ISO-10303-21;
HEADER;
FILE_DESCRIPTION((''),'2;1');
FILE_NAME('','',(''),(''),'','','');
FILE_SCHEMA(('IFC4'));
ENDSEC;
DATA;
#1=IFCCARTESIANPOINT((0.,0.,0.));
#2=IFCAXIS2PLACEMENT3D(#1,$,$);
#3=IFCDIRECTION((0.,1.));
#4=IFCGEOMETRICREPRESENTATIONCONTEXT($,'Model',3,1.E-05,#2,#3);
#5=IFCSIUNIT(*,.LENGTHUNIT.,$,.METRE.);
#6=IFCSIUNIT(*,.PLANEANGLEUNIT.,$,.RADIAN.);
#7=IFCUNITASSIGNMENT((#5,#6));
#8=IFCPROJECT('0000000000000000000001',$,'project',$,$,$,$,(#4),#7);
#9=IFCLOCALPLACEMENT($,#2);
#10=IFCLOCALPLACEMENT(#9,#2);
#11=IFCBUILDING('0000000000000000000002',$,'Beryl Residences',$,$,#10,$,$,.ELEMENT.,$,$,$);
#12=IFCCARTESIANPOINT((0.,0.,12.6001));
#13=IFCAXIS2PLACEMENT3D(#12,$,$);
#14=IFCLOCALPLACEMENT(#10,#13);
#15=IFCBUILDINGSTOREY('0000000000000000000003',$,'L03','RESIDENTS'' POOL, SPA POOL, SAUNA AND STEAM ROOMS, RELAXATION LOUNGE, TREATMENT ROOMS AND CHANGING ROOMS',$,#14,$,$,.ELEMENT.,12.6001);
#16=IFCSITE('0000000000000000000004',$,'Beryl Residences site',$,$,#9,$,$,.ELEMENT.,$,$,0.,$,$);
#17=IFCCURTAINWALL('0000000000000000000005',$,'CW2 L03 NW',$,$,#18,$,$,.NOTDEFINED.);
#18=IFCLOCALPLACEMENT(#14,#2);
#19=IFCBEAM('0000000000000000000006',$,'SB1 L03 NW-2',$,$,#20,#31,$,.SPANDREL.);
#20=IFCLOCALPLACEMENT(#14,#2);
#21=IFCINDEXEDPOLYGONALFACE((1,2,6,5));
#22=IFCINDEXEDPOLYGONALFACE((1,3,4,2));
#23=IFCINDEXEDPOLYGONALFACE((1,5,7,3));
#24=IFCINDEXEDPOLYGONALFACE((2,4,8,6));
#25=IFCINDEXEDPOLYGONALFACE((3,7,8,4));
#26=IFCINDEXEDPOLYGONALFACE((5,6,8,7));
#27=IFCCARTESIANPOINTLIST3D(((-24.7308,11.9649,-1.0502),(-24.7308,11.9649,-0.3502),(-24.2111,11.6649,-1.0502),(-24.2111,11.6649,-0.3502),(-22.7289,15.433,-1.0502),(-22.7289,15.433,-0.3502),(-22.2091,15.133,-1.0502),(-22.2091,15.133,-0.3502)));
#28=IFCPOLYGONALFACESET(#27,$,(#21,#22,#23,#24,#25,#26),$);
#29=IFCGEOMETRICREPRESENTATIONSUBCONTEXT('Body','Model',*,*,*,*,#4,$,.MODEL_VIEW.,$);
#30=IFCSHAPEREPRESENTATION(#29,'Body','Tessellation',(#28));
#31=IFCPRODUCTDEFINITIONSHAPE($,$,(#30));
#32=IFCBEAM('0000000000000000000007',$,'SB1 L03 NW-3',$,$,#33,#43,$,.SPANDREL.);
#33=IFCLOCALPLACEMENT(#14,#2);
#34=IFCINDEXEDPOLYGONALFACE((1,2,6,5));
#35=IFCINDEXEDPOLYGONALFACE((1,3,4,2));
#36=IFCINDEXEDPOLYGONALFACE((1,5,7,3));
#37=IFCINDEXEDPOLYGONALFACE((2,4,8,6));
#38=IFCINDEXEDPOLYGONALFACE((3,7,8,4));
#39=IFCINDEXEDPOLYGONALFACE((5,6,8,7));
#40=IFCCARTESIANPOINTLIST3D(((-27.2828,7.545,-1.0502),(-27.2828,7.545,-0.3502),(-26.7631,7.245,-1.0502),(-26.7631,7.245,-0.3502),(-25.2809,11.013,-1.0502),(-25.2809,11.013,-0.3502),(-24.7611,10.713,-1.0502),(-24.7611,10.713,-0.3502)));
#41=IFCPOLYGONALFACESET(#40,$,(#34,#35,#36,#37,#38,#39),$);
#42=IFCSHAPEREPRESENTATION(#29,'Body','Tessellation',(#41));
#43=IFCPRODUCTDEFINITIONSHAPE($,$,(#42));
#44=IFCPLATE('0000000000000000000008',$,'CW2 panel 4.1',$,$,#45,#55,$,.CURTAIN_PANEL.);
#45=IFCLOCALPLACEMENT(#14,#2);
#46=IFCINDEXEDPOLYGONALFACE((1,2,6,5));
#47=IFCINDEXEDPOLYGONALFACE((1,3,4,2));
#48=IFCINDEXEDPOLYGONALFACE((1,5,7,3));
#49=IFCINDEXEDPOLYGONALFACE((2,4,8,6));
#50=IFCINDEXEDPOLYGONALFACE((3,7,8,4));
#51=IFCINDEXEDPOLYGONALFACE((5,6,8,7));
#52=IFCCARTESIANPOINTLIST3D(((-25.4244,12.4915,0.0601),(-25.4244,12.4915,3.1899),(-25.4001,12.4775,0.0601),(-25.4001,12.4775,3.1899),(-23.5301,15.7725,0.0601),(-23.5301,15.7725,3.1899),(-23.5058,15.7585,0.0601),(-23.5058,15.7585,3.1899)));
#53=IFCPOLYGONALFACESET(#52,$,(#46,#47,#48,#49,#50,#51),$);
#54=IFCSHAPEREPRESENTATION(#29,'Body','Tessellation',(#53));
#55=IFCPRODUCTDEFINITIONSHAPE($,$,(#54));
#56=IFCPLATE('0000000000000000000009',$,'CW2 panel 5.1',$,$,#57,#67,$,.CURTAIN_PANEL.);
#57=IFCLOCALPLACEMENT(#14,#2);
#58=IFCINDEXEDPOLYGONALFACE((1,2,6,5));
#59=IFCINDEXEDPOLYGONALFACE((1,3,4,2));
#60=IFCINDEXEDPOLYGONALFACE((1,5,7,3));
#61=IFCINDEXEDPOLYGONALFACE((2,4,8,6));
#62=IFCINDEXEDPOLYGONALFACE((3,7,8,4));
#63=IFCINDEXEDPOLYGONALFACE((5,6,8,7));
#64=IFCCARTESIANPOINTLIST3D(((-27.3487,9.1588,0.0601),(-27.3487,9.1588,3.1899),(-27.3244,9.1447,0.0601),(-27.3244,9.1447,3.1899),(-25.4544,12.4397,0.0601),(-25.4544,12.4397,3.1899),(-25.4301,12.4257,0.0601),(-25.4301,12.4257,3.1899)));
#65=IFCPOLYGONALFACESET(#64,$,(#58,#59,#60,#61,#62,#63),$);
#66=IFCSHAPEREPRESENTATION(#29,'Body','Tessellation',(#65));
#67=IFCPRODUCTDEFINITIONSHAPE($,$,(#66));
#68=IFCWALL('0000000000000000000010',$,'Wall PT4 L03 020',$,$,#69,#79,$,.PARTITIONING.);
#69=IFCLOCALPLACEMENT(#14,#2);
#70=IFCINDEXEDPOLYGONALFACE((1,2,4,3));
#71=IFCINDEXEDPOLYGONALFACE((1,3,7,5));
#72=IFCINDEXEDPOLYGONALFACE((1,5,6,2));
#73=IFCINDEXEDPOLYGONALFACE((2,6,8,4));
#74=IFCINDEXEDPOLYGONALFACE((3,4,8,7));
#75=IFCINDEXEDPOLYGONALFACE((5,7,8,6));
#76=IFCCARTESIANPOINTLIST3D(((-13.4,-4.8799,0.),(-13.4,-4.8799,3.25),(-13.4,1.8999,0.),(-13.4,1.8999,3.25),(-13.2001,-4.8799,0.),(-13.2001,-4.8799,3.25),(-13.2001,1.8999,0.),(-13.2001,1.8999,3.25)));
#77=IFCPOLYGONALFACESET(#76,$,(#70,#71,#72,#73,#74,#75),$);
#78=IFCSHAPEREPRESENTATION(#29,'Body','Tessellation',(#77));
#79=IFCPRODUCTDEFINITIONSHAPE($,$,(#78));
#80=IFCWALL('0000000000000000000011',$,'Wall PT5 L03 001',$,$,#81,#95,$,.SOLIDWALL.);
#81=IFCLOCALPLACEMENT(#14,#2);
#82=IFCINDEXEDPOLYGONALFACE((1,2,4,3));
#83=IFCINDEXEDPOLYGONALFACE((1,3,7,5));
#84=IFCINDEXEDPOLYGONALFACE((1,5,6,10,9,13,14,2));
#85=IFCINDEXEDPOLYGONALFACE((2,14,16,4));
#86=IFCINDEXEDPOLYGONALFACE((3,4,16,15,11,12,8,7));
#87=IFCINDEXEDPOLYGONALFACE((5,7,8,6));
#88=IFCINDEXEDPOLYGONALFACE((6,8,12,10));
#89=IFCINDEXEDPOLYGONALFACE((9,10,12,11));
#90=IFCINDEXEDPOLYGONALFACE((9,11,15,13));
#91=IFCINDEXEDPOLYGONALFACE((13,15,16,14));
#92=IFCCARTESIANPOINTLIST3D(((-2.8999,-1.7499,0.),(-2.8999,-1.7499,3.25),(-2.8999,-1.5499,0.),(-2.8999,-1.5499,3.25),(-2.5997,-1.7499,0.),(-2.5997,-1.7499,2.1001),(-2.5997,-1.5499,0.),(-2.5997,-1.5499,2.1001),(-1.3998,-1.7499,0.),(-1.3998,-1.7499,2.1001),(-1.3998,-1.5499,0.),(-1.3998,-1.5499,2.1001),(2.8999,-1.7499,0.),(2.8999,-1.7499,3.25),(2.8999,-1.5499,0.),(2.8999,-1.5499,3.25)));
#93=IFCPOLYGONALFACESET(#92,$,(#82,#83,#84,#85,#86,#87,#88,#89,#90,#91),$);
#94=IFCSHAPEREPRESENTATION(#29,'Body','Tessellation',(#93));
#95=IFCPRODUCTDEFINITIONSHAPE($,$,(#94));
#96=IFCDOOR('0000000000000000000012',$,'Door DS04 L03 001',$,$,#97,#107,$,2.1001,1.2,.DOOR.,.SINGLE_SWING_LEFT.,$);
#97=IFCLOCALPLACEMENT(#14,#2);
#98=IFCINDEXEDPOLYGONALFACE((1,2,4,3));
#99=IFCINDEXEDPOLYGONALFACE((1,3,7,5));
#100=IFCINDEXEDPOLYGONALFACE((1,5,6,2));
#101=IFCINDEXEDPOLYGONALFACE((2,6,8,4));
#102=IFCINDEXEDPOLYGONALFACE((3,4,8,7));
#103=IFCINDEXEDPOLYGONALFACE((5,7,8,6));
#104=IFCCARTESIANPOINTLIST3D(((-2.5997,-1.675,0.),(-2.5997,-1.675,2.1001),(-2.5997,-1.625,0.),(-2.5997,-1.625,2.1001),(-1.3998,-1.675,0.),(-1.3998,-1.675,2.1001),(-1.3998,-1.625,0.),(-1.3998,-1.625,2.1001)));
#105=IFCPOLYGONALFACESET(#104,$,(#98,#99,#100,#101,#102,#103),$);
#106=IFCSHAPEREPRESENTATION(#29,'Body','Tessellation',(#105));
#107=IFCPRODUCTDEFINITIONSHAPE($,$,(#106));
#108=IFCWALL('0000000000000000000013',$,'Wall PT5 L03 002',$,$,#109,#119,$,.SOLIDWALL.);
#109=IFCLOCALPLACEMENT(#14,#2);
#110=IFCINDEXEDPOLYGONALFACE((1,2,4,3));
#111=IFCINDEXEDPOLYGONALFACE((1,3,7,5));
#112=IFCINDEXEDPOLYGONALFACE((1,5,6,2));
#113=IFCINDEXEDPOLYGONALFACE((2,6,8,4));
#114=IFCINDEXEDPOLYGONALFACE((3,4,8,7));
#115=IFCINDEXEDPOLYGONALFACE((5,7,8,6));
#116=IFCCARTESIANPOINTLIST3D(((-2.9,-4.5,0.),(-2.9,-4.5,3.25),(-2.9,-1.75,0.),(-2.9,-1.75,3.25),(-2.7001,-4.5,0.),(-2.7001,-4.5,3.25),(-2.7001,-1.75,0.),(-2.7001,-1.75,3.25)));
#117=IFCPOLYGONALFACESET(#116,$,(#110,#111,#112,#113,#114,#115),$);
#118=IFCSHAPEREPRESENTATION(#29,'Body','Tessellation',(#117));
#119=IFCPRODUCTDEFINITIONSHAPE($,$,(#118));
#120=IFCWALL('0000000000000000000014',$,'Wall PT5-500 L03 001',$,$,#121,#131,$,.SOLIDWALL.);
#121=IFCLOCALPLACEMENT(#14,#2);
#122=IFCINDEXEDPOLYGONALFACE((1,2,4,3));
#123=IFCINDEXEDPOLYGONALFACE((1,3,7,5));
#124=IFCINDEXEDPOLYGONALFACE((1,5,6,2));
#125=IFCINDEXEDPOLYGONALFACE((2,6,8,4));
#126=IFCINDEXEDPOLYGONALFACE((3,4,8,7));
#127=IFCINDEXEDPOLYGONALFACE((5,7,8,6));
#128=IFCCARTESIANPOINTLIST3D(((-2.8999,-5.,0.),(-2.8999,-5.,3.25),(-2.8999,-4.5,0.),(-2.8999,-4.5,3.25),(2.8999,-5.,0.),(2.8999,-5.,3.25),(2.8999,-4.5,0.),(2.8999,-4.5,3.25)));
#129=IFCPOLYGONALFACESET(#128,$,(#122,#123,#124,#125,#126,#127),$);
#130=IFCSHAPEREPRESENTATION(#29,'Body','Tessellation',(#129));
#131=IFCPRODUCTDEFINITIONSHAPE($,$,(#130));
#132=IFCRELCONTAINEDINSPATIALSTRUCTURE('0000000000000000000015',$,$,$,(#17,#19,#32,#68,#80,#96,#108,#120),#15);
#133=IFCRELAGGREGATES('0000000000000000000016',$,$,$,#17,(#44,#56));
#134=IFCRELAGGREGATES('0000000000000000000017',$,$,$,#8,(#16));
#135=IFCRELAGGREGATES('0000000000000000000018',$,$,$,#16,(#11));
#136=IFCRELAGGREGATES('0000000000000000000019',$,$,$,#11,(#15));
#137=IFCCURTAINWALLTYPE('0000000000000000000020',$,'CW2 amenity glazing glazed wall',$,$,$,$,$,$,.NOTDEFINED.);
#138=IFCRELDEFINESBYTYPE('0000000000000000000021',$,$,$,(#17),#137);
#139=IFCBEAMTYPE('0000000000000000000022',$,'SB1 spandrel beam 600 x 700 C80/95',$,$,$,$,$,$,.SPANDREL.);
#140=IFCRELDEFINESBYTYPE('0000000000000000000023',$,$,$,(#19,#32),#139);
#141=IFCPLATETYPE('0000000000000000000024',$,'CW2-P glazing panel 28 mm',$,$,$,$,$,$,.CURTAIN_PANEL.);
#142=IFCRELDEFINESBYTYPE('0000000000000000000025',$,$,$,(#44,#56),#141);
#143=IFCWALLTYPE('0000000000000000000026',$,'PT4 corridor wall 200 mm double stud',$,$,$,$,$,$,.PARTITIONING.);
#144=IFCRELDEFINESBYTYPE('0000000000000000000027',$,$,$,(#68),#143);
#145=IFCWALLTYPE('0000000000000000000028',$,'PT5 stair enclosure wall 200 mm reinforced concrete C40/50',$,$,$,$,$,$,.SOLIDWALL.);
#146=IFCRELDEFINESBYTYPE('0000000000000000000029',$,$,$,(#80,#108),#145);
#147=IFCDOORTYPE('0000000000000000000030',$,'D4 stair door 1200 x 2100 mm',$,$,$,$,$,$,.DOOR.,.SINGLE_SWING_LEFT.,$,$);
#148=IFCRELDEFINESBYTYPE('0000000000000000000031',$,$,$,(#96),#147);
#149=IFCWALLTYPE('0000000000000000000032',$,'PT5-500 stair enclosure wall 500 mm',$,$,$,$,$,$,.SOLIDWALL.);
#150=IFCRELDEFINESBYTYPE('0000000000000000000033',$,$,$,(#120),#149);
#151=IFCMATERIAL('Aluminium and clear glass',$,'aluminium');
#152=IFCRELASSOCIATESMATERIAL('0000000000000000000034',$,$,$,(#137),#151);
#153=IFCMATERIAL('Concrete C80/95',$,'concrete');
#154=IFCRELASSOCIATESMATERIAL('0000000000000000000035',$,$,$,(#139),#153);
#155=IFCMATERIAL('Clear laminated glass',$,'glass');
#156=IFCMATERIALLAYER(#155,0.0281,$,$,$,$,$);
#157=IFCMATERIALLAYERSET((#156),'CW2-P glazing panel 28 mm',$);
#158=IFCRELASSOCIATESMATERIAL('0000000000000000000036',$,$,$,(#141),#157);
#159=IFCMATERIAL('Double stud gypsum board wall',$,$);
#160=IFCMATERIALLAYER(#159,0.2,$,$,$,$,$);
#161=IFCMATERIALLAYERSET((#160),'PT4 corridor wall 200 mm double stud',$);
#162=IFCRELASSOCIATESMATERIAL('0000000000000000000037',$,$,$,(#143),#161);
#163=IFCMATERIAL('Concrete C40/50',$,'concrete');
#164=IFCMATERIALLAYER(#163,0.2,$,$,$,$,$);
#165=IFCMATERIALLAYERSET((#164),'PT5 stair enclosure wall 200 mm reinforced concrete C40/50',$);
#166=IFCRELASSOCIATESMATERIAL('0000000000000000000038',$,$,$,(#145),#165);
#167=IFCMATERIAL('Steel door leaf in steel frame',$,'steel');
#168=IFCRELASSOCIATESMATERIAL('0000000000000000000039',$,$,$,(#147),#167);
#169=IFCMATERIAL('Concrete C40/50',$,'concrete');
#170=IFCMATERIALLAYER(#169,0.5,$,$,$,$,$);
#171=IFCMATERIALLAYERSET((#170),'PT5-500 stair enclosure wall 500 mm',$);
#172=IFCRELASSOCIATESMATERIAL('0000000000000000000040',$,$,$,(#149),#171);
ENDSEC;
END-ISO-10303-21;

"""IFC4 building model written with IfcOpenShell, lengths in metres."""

from ifc_helpers import new_model, si_unit, direction, frame, frame_2d, origin, origin_2d, place, context, subcontext, project, spatial, rectangle, extrude, material, layer, layer_set, material_profile, profile_set, type_object, element, fill, aggregate, save


model = new_model("IFC4")

# Units and contexts
model_context = context("Model", 3, precision=1e-05, world=origin(), true_north=direction((0.0, 1.0)))
body_context = subcontext(model_context, "Body", "Model", "MODEL_VIEW")
ifc_project = project(units=[si_unit("LENGTHUNIT", "METRE"), si_unit("PLANEANGLEUNIT", "RADIAN")], contexts=[model_context])

# Site, building, storey
site_placement = place(None, origin())
site = spatial("IfcSite", under=ifc_project, at=site_placement, Name="Beryl Residences site", CompositionType="ELEMENT", RefElevation=0.0)
building_placement = place(site_placement, origin())
building = spatial("IfcBuilding", under=site, at=building_placement, Name="Beryl Residences", CompositionType="ELEMENT")
storey_placement = place(building_placement, frame((0.0, 0.0, 12.6001)))
storey = spatial("IfcBuildingStorey", under=building, at=storey_placement, Name="L03", Description="RESIDENTS' POOL, SPA POOL, SAUNA AND STEAM ROOMS, RELAXATION LOUNGE, TREATMENT ROOMS AND CHANGING ROOMS", CompositionType="ELEMENT", Elevation=12.6001)

# Curtain wall
ifc_material_1 = material(Name="Aluminium and clear glass", Category="aluminium")
curtain_wall_type = type_object("IfcCurtainWallType", Name="CW2 amenity glazing glazed wall", PredefinedType="NOTDEFINED", material=ifc_material_1)
curtain_wall_placement = place(storey_placement, origin())
curtain_wall = element("IfcCurtainWall", 1, at=curtain_wall_placement, inside=storey, type_object=curtain_wall_type, Name="CW2 L03 NW", PredefinedType="NOTDEFINED")

# Beams
ifc_material_2 = material(Name="Concrete C80/95", Category="concrete")
ifc_material_profile_1 = material_profile(ifc_material_2, rectangle(XDim=0.6001, YDim=0.7, at=origin_2d()))
ifc_profile_set_1 = profile_set([ifc_material_profile_1], Name="Concrete C80/95")
beam_type = type_object("IfcBeamType", Name="SB1 spandrel beam 600 x 700 C80/95", PredefinedType="SPANDREL", material=ifc_profile_set_1)
for number, where, z_axis, x_axis, name in (
    (2, (-22.469, 15.283, -0.7002), (-0.499942, -0.866059, 0.0), (0.866059, -0.499942, 0.0), "SB1 L03 NW-2"),
    (3, (-25.021, 10.863, -0.7002), (-0.499942, -0.866059, 0.0), (0.866059, -0.499942, 0.0), "SB1 L03 NW-3"),
):
    element("IfcBeam", number, at=place(storey_placement, frame(where, z_axis=z_axis, x_axis=x_axis)), inside=storey, type_object=beam_type, Name=name, PredefinedType="SPANDREL", context=body_context, shape_type="SweptSolid", body=[
        extrude(rectangle(XDim=0.6001, YDim=0.7, at=origin_2d()), origin(), (0.0, 0.0, 1.0), 4.0044),
    ])

# Plates
ifc_material_3 = material(Name="Clear laminated glass", Category="glass")
ifc_layer_1 = layer(ifc_material_3, 0.0281)
ifc_layer_set_1 = layer_set([ifc_layer_1], Name="CW2-P glazing panel 28 mm")
plate_type = type_object("IfcPlateType", Name="CW2-P glazing panel 28 mm", PredefinedType="CURTAIN_PANEL", material=ifc_layer_set_1)
plate_1_placement = place(storey_placement, frame((-24.4651, 14.125, 0.0601), z_axis=(0.0, 0.0, 1.0), x_axis=(-0.500012, -0.866019, 0.0)))
plate_1 = element("IfcPlate", 4, at=plate_1_placement, type_object=plate_type, Name="CW2 panel 4.1", PredefinedType="CURTAIN_PANEL", context=body_context, shape_type="SweptSolid", body=[
    extrude(rectangle(XDim=3.7886, YDim=0.0281, at=origin_2d()), origin(), (0.0, 0.0, 1.0), 3.1299),
])
plate_2_placement = place(storey_placement, frame((-26.3894, 10.7922, 0.0601), z_axis=(0.0, 0.0, 1.0), x_axis=(-0.500012, -0.866019, 0.0)))
plate_2 = element("IfcPlate", 5, at=plate_2_placement, type_object=plate_type, Name="CW2 panel 5.1", PredefinedType="CURTAIN_PANEL", context=body_context, shape_type="SweptSolid", body=[
    extrude(rectangle(XDim=3.7886, YDim=0.0281, at=origin_2d()), origin(), (0.0, 0.0, 1.0), 3.1299),
])
aggregate(curtain_wall, [plate_1, plate_2])

# Wall
ifc_material_4 = material(Name="Double stud gypsum board wall")
ifc_layer_2 = layer(ifc_material_4, 0.2)
ifc_layer_set_2 = layer_set([ifc_layer_2], Name="PT4 corridor wall 200 mm double stud")
wall_type_1 = type_object("IfcWallType", Name="PT4 corridor wall 200 mm double stud", PredefinedType="PARTITIONING", material=ifc_layer_set_2)
wall_1_placement = place(storey_placement, frame((-13.3, -4.8799, 0.0), z_axis=(0.0, 0.0, 1.0), x_axis=(0.0, 1.0, 0.0)))
element("IfcWall", 6, at=wall_1_placement, inside=storey, type_object=wall_type_1, Name="Wall PT4 L03 020", PredefinedType="PARTITIONING", context=body_context, shape_type="SweptSolid", body=[
    extrude(rectangle(XDim=6.7798, YDim=0.2, at=frame_2d((3.3899, 0.0))), origin(), (0.0, 0.0, 1.0), 3.25),
])

# Wall, opening, door
ifc_material_5 = material(Name="Concrete C40/50", Category="concrete")
ifc_layer_3 = layer(ifc_material_5, 0.2)
ifc_layer_set_3 = layer_set([ifc_layer_3], Name="PT5 stair enclosure wall 200 mm reinforced concrete C40/50")
wall_type_2 = type_object("IfcWallType", Name="PT5 stair enclosure wall 200 mm reinforced concrete C40/50", PredefinedType="SOLIDWALL", material=ifc_layer_set_3)
wall_2_placement = place(storey_placement, frame((-2.8999, -1.6499, 0.0), z_axis=(0.0, 0.0, 1.0), x_axis=(1.0, 0.0, 0.0)))
wall_2 = element("IfcWall", 7, at=wall_2_placement, inside=storey, type_object=wall_type_2, Name="Wall PT5 L03 001", PredefinedType="SOLIDWALL", context=body_context, shape_type="SweptSolid", body=[
    extrude(rectangle(XDim=5.7998, YDim=0.2, at=frame_2d((2.8999, 0.0))), origin(), (0.0, 0.0, 1.0), 3.25),
])
opening_1_placement = place(wall_2_placement, frame((0.3, 0.0, 0.0)))
opening_1 = element("IfcOpeningElement", 8, at=opening_1_placement, cuts=wall_2, PredefinedType="OPENING", context=body_context, shape_type="SweptSolid", body=[
    extrude(rectangle(XDim=1.2, YDim=2.1001, at=frame_2d((0.6001, 1.05))), frame((0.0, 0.1099, 0.0), z_axis=(0.0, -1.0, 0.0), x_axis=(1.0, 0.0, 0.0)), (0.0, 0.0, 1.0), 0.22),
])
ifc_material_6 = material(Name="Steel door leaf in steel frame", Category="steel")
door_type_1 = type_object("IfcDoorType", Name="D4 stair door 1200 x 2100 mm", OperationType="SINGLE_SWING_LEFT", PredefinedType="DOOR", material=ifc_material_6)
door_1_placement = place(opening_1_placement, origin())
door_1 = element("IfcDoor", 9, at=door_1_placement, inside=storey, type_object=door_type_1, Name="Door DS04 L03 001", OperationType="SINGLE_SWING_LEFT", OverallHeight=2.1001, OverallWidth=1.2, PredefinedType="DOOR", context=body_context, shape_type="SweptSolid", body=[
    extrude(rectangle(XDim=1.2, YDim=2.1001, at=frame_2d((0.6001, 1.05))), frame((0.0, 0.0249, 0.0), z_axis=(0.0, -1.0, 0.0), x_axis=(1.0, 0.0, 0.0)), (0.0, 0.0, 1.0), 0.05),
])
fill(opening_1, door_1)

# Walls
wall_3_placement = place(storey_placement, frame((-2.8, -4.5, 0.0), z_axis=(0.0, 0.0, 1.0), x_axis=(0.0, 1.0, 0.0)))
element("IfcWall", 10, at=wall_3_placement, inside=storey, type_object=wall_type_2, Name="Wall PT5 L03 002", PredefinedType="SOLIDWALL", context=body_context, shape_type="SweptSolid", body=[
    extrude(rectangle(XDim=2.75, YDim=0.2, at=frame_2d((1.375, 0.0))), origin(), (0.0, 0.0, 1.0), 3.25),
])
ifc_material_7 = material(Name="Concrete C40/50", Category="concrete")
ifc_layer_4 = layer(ifc_material_7, 0.5)
ifc_layer_set_4 = layer_set([ifc_layer_4], Name="PT5-500 stair enclosure wall 500 mm")
wall_type_3 = type_object("IfcWallType", Name="PT5-500 stair enclosure wall 500 mm", PredefinedType="SOLIDWALL", material=ifc_layer_set_4)
wall_4_placement = place(storey_placement, frame((-2.8999, -4.75, 0.0), z_axis=(0.0, 0.0, 1.0), x_axis=(1.0, 0.0, 0.0)))
element("IfcWall", 11, at=wall_4_placement, inside=storey, type_object=wall_type_3, Name="Wall PT5-500 L03 001", PredefinedType="SOLIDWALL", context=body_context, shape_type="SweptSolid", body=[
    extrude(rectangle(XDim=5.7998, YDim=0.5, at=frame_2d((2.8999, 0.0))), origin(), (0.0, 0.0, 1.0), 3.25),
])

save(model, "model.ifc")
